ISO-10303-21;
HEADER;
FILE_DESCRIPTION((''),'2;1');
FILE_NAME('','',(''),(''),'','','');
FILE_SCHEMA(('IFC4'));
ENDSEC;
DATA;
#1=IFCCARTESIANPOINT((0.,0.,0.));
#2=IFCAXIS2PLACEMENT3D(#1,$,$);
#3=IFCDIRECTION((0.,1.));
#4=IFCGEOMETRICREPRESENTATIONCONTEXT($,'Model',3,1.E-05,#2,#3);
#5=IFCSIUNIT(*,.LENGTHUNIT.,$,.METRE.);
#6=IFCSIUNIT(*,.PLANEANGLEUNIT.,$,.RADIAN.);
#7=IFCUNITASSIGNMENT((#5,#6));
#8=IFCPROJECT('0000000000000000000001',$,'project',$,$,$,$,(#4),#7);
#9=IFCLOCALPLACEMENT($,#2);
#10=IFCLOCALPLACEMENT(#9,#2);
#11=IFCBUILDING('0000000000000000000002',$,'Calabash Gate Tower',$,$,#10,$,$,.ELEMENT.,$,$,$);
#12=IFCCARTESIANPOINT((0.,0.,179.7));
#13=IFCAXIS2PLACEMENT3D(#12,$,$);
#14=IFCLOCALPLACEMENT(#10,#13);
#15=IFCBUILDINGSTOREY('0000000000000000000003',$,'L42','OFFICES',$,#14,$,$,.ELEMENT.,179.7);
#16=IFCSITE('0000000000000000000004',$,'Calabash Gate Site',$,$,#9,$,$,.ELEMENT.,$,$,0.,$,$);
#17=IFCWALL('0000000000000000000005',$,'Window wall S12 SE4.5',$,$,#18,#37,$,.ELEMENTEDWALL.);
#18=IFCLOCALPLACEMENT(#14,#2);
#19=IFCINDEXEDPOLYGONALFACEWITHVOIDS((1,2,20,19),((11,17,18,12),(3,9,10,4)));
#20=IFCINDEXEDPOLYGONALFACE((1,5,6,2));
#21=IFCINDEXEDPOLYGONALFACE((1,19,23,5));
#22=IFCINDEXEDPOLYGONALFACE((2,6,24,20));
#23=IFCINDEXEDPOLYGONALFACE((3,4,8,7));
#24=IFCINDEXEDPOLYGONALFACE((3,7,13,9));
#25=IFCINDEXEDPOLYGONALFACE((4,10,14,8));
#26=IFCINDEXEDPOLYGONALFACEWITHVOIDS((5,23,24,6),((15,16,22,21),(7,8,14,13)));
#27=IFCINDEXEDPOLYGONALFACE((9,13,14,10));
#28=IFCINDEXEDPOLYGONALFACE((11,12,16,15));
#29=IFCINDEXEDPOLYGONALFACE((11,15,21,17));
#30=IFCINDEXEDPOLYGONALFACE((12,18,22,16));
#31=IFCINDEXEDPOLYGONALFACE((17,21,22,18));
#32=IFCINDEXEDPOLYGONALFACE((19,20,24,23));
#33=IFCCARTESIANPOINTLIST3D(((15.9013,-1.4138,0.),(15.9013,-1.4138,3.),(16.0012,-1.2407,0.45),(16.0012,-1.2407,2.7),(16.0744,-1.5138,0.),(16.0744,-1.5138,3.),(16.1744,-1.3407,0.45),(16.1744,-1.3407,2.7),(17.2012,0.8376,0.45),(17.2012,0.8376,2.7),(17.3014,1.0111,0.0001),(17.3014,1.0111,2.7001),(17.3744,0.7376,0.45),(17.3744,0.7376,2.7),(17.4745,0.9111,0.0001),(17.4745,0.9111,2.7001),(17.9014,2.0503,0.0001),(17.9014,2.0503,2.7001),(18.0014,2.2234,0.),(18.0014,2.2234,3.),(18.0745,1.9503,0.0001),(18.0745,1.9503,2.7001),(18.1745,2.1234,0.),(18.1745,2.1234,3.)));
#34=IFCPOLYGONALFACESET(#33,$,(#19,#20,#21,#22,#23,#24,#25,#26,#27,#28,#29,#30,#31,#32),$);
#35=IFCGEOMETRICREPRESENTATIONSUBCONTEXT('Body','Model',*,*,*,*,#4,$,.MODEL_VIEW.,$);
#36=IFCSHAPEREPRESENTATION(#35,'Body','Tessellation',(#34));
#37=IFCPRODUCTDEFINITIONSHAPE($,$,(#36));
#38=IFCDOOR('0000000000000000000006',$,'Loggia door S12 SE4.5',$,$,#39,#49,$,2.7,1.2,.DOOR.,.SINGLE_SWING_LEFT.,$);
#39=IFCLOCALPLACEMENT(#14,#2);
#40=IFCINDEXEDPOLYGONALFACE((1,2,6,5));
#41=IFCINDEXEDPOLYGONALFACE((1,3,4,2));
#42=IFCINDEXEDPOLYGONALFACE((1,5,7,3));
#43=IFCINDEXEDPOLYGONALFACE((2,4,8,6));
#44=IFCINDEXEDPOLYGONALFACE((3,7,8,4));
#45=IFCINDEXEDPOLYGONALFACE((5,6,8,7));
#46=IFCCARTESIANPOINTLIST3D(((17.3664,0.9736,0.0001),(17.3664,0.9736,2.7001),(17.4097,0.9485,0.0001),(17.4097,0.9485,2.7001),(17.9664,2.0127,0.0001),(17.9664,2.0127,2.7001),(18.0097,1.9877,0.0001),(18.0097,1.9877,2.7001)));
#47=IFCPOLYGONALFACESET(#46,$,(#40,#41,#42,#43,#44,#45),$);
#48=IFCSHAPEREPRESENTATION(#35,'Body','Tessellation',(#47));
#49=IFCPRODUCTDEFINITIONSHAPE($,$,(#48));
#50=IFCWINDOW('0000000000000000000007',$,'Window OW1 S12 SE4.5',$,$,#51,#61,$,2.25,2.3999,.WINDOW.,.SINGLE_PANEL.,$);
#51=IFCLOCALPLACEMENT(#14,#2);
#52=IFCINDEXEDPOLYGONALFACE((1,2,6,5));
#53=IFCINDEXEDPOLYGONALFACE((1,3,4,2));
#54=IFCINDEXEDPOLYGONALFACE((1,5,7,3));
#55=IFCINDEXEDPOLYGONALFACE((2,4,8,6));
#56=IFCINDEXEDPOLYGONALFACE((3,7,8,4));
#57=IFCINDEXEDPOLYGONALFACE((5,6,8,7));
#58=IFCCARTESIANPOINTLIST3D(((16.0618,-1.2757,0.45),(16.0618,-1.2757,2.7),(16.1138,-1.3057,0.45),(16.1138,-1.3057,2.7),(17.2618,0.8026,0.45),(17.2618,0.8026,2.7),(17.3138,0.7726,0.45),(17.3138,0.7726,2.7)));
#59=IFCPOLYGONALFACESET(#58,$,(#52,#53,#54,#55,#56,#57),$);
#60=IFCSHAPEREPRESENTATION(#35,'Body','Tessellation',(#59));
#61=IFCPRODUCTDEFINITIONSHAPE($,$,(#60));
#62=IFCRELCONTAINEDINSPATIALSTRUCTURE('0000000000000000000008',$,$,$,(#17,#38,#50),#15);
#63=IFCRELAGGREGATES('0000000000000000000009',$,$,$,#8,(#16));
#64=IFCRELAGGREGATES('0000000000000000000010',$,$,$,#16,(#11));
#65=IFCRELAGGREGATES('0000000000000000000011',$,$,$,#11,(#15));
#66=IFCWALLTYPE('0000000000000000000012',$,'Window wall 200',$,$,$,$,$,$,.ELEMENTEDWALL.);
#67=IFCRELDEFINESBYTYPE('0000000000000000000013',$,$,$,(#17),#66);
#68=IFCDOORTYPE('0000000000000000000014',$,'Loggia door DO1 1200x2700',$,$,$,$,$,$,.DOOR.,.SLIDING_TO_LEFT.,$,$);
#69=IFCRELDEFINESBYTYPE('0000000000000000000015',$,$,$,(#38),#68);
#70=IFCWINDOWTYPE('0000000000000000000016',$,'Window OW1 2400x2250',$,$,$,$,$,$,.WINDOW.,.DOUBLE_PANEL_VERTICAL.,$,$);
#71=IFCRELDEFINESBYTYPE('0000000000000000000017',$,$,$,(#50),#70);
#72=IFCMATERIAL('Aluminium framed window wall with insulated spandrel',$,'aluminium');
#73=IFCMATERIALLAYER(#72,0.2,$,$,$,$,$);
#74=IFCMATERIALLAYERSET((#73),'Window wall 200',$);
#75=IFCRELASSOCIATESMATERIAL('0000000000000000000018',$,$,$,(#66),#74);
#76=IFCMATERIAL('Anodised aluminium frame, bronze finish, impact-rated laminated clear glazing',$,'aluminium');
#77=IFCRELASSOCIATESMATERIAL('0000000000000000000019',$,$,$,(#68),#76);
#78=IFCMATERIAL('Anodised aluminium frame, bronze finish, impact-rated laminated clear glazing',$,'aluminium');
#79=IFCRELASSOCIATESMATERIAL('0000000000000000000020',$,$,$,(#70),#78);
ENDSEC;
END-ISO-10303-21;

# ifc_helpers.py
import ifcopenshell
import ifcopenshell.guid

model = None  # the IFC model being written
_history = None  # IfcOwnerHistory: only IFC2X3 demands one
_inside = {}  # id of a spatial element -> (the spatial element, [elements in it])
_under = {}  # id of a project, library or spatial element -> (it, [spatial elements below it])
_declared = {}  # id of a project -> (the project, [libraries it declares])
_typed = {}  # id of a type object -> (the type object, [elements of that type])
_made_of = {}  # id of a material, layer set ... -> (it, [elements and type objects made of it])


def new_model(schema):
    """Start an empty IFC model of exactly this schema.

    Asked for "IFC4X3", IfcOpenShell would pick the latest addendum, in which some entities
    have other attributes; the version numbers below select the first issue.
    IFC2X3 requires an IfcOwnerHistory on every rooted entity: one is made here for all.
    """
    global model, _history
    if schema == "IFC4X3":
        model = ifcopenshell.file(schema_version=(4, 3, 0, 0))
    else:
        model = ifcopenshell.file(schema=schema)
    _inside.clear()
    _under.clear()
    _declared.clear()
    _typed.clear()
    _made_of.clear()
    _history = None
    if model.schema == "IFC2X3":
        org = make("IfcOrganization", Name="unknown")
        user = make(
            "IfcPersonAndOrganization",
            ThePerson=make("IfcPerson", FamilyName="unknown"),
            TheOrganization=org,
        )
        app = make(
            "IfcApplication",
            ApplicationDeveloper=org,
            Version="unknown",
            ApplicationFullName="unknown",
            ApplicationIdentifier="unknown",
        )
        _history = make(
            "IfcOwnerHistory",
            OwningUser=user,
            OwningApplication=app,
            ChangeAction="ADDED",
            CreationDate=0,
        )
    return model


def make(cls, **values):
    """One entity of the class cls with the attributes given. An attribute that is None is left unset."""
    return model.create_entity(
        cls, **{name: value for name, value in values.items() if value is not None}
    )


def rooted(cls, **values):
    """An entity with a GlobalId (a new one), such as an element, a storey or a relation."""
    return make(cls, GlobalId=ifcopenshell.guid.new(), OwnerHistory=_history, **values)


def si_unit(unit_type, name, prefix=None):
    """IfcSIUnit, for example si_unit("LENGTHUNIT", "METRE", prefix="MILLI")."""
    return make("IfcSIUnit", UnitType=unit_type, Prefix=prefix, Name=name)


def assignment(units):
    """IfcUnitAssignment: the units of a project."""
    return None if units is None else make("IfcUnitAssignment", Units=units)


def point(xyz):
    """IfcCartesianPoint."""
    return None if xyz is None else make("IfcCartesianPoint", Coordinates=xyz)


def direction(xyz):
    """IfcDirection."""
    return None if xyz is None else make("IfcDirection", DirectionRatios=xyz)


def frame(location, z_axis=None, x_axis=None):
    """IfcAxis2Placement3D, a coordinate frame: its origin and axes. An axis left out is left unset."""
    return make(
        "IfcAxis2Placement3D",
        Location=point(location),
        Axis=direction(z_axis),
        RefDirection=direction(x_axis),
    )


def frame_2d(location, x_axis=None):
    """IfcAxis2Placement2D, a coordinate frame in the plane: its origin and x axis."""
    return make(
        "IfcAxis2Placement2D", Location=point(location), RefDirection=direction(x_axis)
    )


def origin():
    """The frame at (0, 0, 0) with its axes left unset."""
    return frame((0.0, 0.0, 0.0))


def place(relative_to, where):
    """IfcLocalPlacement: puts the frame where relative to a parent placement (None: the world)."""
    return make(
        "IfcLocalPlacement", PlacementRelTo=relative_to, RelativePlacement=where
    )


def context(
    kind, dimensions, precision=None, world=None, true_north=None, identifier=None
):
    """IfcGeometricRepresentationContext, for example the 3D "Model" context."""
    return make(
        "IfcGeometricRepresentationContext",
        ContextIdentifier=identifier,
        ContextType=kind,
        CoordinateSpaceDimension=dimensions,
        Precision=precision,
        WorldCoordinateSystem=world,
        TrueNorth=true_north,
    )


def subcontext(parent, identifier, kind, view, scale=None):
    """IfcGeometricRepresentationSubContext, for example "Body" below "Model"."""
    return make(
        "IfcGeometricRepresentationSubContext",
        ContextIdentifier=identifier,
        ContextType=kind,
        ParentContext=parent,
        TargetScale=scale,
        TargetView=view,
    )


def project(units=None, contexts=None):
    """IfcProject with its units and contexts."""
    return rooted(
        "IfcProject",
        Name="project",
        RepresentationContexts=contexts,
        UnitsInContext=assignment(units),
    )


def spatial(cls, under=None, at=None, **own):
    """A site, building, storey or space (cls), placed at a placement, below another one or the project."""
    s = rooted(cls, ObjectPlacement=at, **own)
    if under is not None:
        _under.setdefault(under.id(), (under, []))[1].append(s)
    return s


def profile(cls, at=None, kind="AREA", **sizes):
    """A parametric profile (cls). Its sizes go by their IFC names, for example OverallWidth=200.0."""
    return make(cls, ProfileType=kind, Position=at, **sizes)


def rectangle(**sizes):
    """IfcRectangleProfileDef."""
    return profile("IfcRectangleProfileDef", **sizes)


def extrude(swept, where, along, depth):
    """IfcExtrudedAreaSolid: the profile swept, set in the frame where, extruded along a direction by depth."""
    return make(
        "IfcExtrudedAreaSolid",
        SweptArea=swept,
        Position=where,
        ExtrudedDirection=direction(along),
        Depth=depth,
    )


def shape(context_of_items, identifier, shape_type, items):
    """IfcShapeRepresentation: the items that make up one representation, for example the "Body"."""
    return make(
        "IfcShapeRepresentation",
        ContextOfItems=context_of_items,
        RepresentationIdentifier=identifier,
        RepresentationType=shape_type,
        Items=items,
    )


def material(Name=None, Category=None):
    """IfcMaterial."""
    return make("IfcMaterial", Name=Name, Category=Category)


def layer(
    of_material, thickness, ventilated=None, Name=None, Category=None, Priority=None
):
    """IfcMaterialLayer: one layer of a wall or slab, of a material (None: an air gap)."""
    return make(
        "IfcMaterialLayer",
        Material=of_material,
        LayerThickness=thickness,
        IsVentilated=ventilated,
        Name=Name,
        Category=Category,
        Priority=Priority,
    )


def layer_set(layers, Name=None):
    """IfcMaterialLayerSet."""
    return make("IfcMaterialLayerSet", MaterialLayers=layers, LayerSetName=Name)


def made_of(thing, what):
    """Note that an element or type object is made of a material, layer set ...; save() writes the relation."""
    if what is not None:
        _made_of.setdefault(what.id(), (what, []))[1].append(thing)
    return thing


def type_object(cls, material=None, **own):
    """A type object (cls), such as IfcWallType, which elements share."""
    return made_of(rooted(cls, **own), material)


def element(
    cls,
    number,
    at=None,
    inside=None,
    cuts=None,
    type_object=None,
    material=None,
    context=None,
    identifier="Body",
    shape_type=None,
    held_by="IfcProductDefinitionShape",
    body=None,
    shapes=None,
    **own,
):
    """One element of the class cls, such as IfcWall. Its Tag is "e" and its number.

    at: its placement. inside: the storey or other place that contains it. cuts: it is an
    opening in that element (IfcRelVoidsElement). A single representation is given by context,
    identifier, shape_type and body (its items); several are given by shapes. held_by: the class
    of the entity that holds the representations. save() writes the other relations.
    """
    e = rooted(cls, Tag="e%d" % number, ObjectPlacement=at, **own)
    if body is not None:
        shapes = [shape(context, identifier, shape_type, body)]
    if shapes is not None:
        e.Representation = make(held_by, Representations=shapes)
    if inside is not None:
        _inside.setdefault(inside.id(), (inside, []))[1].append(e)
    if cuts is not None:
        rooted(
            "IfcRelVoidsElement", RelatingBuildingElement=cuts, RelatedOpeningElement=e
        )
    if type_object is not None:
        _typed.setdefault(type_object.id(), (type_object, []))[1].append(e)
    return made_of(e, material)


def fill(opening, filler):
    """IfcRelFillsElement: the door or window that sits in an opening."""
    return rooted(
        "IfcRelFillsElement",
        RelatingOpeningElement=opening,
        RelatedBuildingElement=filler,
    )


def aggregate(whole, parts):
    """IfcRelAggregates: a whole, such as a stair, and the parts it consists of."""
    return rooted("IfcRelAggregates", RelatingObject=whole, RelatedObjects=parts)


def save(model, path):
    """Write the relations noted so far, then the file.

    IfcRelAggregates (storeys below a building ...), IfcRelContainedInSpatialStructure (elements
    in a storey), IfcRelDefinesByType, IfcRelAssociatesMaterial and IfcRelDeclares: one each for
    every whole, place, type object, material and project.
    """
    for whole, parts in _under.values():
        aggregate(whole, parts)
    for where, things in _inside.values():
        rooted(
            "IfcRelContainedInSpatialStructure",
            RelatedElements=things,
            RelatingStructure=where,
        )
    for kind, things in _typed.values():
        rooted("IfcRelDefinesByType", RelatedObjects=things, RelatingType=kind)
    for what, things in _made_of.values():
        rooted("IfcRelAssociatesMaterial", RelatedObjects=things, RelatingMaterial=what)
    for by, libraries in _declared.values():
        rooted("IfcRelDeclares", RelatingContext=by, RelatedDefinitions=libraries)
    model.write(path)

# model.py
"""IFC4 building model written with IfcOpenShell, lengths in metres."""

from ifc_helpers import new_model, si_unit, direction, frame, frame_2d, origin, place, context, subcontext, project, spatial, rectangle, extrude, material, layer, layer_set, type_object, element, fill, save


model = new_model("IFC4")

# Units and contexts
model_context = context("Model", 3, precision=1e-05, world=origin(), true_north=direction((0.0, 1.0)))
body_context = subcontext(model_context, "Body", "Model", "MODEL_VIEW")
ifc_project = project(units=[si_unit("LENGTHUNIT", "METRE"), si_unit("PLANEANGLEUNIT", "RADIAN")], contexts=[model_context])

# Site, building, storey
site_placement = place(None, origin())
site = spatial("IfcSite", under=ifc_project, at=site_placement, Name="Calabash Gate Site", CompositionType="ELEMENT", RefElevation=0.0)
building_placement = place(site_placement, origin())
building = spatial("IfcBuilding", under=site, at=building_placement, Name="Calabash Gate Tower", CompositionType="ELEMENT")
storey_placement = place(building_placement, frame((0.0, 0.0, 179.7)))
storey = spatial("IfcBuildingStorey", under=building, at=storey_placement, Name="L42", Description="OFFICES", CompositionType="ELEMENT", Elevation=179.7)

# Shared definitions
ifc_material_1 = material(Name="Aluminium framed window wall with insulated spandrel", Category="aluminium")
ifc_layer_1 = layer(ifc_material_1, 0.2)
ifc_layer_set_1 = layer_set([ifc_layer_1], Name="Window wall 200")
wall_type_1 = type_object("IfcWallType", Name="Window wall 200", PredefinedType="ELEMENTEDWALL", material=ifc_layer_set_1)

# Wall, openings, door, window
wall_1_placement = place(storey_placement, frame((15.9878, -1.4639, 0.0), z_axis=(0.0, 0.0, 1.0), x_axis=(0.500028, 0.866009, 0.0)))
wall_1 = element("IfcWall", 1, at=wall_1_placement, inside=storey, type_object=wall_type_1, Name="Window wall S12 SE4.5", PredefinedType="ELEMENTEDWALL", context=body_context, shape_type="SweptSolid", body=[
    extrude(rectangle(XDim=4.2, YDim=0.2, at=frame_2d((2.1001, 0.0))), origin(), (0.0, 0.0, 1.0), 3.0),
])
opening_1_placement = place(wall_1_placement, frame((0.2, 0.0, 0.45)))
opening_1 = element("IfcOpeningElement", 2, at=opening_1_placement, cuts=wall_1, PredefinedType="OPENING", context=body_context, shape_type="SweptSolid", body=[
    extrude(rectangle(XDim=2.3999, YDim=2.25, at=frame_2d((1.2, 1.125))), frame((0.0, 0.1099, 0.0), z_axis=(0.0, -1.0, 0.0), x_axis=(1.0, 0.0, 0.0)), (0.0, 0.0, 1.0), 0.22),
])
opening_2_placement = place(wall_1_placement, frame((2.8, 0.0, 0.0)))
opening_2 = element("IfcOpeningElement", 3, at=opening_2_placement, cuts=wall_1, PredefinedType="OPENING", context=body_context, shape_type="SweptSolid", body=[
    extrude(rectangle(XDim=1.2, YDim=2.7, at=frame_2d((0.6001, 1.3501))), frame((0.0, 0.1099, 0.0), z_axis=(0.0, -1.0, 0.0), x_axis=(1.0, 0.0, 0.0)), (0.0, 0.0, 1.0), 0.22),
])
ifc_material_2 = material(Name="Anodised aluminium frame, bronze finish, impact-rated laminated clear glazing", Category="aluminium")
door_type = type_object("IfcDoorType", Name="Loggia door DO1 1200x2700", OperationType="SLIDING_TO_LEFT", PredefinedType="DOOR", material=ifc_material_2)
door_placement = place(opening_2_placement, origin())
door = element("IfcDoor", 4, at=door_placement, inside=storey, type_object=door_type, Name="Loggia door S12 SE4.5", OperationType="SINGLE_SWING_LEFT", OverallHeight=2.7, OverallWidth=1.2, PredefinedType="DOOR", context=body_context, shape_type="SweptSolid", body=[
    extrude(rectangle(XDim=1.2, YDim=2.7, at=frame_2d((0.6001, 1.3501))), frame((0.0, 0.0249, 0.0), z_axis=(0.0, -1.0, 0.0), x_axis=(1.0, 0.0, 0.0)), (0.0, 0.0, 1.0), 0.05),
])
fill(opening_2, door)
ifc_material_3 = material(Name="Anodised aluminium frame, bronze finish, impact-rated laminated clear glazing", Category="aluminium")
window_type_1 = type_object("IfcWindowType", Name="Window OW1 2400x2250", PartitioningType="DOUBLE_PANEL_VERTICAL", PredefinedType="WINDOW", material=ifc_material_3)
window_1_placement = place(opening_1_placement, origin())
window_1 = element("IfcWindow", 5, at=window_1_placement, inside=storey, type_object=window_type_1, Name="Window OW1 S12 SE4.5", OverallHeight=2.25, OverallWidth=2.3999, PartitioningType="SINGLE_PANEL", PredefinedType="WINDOW", context=body_context, shape_type="SweptSolid", body=[
    extrude(rectangle(XDim=2.3999, YDim=2.25, at=frame_2d((1.2, 1.125))), frame((0.0, 0.03, 0.0), z_axis=(0.0, -1.0, 0.0), x_axis=(1.0, 0.0, 0.0)), (0.0, 0.0, 1.0), 0.0601),
])
fill(opening_1, window_1)

save(model, "model.ifc")
